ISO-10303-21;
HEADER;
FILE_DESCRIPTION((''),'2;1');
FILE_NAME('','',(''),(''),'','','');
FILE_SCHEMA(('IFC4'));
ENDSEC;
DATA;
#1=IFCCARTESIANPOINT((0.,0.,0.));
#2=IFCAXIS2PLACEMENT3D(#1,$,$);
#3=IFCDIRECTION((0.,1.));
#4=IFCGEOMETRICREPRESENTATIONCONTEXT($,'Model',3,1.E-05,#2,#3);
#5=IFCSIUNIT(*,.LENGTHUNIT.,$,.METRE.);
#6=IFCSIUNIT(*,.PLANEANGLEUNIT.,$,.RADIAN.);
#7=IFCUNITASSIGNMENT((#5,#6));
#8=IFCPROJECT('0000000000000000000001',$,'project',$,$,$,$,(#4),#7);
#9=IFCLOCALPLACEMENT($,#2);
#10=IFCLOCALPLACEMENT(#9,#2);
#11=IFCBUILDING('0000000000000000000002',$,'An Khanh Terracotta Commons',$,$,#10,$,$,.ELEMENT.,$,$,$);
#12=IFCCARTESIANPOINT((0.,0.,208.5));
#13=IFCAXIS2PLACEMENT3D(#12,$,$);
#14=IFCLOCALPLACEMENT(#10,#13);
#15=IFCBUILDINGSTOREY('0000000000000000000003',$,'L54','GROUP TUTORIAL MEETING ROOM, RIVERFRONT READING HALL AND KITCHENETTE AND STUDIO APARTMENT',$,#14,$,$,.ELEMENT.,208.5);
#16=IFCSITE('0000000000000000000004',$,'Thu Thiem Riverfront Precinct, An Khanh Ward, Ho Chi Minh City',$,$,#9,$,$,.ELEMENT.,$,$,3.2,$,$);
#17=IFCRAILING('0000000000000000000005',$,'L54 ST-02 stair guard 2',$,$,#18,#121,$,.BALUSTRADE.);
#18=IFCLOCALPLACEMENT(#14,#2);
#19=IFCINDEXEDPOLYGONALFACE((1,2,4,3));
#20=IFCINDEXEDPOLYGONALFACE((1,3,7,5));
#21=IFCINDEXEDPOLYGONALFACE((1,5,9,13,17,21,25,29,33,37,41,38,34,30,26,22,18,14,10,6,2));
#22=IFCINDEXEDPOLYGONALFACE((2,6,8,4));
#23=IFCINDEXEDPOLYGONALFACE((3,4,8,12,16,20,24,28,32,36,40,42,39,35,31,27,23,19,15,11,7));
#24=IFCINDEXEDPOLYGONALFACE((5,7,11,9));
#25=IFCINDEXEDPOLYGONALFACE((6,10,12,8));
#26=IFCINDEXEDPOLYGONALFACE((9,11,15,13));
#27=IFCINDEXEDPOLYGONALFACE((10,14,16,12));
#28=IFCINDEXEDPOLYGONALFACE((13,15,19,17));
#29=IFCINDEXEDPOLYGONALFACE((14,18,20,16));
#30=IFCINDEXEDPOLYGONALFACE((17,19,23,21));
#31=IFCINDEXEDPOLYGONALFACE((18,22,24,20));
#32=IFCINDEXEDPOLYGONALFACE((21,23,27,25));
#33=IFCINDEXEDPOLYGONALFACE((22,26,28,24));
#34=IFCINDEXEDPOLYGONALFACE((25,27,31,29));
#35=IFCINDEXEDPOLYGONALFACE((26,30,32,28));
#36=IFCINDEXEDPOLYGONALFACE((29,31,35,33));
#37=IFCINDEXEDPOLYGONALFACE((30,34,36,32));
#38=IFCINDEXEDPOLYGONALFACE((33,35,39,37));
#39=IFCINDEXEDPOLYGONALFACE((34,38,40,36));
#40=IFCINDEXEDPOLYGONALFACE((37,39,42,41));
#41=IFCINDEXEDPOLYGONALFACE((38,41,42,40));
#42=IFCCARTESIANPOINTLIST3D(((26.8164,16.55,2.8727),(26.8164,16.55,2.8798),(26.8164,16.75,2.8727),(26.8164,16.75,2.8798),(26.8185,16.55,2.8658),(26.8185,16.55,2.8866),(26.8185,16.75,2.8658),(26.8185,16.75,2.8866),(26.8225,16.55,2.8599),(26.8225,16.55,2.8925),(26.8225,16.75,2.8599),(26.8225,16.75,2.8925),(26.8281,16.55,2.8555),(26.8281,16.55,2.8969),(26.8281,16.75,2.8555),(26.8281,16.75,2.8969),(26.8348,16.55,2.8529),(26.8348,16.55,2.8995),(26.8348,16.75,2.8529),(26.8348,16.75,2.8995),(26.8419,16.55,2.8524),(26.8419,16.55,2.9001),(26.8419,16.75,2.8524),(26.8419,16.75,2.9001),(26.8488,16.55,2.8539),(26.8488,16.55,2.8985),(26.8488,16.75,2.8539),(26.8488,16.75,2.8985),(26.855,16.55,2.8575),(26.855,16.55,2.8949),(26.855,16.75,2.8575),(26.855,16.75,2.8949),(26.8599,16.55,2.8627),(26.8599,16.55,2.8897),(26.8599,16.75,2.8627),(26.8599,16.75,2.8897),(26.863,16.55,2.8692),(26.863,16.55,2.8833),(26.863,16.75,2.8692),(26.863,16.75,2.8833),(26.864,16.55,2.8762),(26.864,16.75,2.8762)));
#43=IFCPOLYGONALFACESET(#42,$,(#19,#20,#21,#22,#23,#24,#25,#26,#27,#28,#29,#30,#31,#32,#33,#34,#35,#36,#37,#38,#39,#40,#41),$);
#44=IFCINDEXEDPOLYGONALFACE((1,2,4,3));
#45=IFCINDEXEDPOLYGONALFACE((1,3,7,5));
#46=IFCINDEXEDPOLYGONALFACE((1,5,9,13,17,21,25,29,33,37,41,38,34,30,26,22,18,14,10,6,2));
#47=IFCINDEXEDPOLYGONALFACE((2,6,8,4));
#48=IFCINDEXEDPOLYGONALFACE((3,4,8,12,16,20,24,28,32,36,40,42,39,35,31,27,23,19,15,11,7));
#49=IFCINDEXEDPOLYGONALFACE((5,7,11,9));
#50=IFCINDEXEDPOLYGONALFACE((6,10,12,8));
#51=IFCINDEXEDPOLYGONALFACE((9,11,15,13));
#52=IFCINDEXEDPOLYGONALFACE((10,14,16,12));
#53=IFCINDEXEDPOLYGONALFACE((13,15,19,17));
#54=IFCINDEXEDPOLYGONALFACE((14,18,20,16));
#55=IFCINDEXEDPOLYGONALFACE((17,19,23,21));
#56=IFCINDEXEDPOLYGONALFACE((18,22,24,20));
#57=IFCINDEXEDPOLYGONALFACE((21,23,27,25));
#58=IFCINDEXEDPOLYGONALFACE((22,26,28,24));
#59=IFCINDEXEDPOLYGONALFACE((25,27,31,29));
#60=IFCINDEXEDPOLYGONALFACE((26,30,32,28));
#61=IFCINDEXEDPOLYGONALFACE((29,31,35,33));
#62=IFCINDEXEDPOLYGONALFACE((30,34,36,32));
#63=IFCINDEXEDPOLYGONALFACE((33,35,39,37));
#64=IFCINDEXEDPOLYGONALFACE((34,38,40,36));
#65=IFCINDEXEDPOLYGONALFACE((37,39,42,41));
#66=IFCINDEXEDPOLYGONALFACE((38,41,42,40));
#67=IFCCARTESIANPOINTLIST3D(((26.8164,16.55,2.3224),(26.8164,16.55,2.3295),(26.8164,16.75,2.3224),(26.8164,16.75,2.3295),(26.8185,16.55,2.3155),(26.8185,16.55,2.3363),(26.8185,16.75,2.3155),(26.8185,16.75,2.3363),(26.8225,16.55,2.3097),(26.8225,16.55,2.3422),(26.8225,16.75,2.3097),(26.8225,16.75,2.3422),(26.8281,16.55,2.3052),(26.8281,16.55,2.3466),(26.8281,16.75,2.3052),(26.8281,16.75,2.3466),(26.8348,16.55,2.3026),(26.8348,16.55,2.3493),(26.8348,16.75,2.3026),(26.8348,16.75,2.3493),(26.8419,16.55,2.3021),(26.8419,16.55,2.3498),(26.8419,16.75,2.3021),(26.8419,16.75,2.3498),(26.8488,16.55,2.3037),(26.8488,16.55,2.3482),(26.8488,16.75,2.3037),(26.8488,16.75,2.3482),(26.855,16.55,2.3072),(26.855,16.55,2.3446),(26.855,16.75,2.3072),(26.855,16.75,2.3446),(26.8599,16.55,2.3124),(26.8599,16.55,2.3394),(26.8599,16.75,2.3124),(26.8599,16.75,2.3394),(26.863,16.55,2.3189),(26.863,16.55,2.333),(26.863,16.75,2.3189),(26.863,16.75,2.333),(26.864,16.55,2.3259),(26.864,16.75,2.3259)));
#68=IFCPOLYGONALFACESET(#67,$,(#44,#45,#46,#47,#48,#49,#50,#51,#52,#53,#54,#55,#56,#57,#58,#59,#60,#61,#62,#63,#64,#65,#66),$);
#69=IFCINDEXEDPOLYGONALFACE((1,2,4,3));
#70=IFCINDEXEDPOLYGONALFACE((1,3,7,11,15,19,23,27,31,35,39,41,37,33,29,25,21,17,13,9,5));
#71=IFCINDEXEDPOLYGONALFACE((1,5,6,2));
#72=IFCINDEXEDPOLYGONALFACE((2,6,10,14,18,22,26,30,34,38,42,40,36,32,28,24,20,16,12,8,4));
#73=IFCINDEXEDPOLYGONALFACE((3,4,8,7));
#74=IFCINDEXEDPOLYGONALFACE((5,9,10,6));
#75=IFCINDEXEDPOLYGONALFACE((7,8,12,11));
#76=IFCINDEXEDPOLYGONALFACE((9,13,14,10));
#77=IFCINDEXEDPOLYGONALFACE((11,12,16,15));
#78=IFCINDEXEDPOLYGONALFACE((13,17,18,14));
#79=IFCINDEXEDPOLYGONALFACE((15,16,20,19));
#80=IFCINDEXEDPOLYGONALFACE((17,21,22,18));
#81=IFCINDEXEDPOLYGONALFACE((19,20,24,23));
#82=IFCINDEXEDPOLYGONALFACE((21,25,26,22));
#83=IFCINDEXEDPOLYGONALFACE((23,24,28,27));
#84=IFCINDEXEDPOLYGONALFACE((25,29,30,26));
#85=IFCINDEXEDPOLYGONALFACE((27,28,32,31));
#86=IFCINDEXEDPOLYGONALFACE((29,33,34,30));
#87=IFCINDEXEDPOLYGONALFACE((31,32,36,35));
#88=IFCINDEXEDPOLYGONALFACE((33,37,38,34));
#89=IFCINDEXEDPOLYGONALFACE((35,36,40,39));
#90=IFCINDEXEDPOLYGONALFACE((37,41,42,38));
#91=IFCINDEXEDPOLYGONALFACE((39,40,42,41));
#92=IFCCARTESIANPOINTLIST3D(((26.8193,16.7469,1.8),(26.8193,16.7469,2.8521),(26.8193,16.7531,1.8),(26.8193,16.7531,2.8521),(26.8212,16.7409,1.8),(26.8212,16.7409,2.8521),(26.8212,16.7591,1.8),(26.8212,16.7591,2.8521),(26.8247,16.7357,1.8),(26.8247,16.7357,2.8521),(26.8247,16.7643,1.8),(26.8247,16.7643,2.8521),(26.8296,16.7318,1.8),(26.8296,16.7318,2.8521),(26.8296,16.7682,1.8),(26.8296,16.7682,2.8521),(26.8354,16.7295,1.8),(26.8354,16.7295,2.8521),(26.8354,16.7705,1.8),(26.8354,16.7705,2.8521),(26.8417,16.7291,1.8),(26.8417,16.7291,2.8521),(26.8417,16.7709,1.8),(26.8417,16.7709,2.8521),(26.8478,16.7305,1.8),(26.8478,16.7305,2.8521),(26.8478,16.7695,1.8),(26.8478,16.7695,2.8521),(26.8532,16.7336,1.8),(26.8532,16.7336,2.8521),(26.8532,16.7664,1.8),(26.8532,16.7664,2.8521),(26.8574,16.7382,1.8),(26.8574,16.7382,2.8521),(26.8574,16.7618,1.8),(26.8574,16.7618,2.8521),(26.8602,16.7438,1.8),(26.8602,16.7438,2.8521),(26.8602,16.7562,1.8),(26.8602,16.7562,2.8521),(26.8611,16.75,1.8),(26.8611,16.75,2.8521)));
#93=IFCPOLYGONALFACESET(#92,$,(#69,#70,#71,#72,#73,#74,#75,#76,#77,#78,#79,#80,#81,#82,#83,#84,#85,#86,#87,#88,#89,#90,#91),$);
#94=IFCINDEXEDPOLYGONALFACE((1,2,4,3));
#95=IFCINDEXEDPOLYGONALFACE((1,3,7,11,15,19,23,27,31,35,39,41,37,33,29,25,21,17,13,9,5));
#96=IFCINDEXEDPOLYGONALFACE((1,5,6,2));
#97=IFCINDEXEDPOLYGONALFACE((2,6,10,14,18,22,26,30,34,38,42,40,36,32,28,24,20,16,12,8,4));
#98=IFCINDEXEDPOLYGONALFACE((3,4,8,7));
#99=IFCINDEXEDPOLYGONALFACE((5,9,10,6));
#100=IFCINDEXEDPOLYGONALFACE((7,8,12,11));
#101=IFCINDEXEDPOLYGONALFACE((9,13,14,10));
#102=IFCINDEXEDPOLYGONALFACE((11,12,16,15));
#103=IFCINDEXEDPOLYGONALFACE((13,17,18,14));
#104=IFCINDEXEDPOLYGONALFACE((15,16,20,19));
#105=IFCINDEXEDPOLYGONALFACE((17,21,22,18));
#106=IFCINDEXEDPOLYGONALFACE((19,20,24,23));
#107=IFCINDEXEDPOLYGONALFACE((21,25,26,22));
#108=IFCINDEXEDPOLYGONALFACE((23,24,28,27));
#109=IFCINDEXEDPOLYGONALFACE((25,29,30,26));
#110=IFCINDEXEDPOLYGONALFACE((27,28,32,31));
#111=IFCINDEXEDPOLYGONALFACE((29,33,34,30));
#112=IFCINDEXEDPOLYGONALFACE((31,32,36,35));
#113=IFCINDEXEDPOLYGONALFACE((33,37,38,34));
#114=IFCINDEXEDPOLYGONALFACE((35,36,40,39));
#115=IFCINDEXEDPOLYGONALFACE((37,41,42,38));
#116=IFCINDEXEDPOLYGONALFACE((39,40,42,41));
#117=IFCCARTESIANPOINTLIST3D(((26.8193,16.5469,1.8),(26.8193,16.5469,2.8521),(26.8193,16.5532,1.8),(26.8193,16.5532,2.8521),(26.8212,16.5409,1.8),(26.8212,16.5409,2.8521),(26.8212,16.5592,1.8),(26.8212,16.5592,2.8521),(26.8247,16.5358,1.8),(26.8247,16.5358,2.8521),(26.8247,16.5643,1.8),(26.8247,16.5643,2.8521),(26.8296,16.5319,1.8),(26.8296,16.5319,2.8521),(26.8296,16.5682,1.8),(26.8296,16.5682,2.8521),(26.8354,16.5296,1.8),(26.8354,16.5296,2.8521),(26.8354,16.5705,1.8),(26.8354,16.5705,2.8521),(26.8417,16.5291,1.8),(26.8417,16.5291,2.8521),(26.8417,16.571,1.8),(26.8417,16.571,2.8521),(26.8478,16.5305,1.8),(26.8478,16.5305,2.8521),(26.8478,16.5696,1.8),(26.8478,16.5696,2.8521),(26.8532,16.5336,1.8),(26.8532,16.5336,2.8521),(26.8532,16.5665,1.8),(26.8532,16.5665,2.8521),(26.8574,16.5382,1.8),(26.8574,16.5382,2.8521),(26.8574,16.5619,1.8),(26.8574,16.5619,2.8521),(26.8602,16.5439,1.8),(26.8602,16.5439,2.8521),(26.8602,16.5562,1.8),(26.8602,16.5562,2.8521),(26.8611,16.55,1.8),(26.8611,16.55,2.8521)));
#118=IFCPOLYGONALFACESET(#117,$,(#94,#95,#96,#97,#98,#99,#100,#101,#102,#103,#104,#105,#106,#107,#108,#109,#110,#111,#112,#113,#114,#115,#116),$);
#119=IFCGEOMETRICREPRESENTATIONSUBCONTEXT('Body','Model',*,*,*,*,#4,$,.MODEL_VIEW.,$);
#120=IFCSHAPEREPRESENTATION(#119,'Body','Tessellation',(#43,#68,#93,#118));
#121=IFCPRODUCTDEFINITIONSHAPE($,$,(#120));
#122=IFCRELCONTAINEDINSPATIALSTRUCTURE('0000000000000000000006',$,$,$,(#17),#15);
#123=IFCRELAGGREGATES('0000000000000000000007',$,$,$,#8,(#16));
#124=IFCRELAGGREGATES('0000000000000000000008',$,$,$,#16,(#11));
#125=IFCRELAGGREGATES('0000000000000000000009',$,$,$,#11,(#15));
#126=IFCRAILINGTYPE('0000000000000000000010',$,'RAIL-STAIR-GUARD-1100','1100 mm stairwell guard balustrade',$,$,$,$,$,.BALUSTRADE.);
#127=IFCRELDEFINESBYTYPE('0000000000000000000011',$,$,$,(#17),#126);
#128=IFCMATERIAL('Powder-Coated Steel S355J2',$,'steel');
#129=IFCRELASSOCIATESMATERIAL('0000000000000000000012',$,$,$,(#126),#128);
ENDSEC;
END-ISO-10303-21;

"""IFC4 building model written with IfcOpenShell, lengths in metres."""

from ifc_helpers import new_model, si_unit, direction, frame, origin, origin_2d, place, context, subcontext, project, spatial, circle, extrude, material, type_object, element, save


model = new_model("IFC4")

# Units and contexts
model_context = context("Model", 3, precision=1e-05, world=origin(), true_north=direction((0.0, 1.0)))
body_context = subcontext(model_context, "Body", "Model", "MODEL_VIEW")
ifc_project = project(units=[si_unit("LENGTHUNIT", "METRE"), si_unit("PLANEANGLEUNIT", "RADIAN")], contexts=[model_context])

# Site, building, storey
site_placement = place(None, origin())
site = spatial("IfcSite", under=ifc_project, at=site_placement, Name="Thu Thiem Riverfront Precinct, An Khanh Ward, Ho Chi Minh City", CompositionType="ELEMENT", RefElevation=3.2)
building_placement = place(site_placement, origin())
building = spatial("IfcBuilding", under=site, at=building_placement, Name="An Khanh Terracotta Commons", CompositionType="ELEMENT")
storey_placement = place(building_placement, frame((0.0, 0.0, 208.5)))
storey = spatial("IfcBuildingStorey", under=building, at=storey_placement, Name="L54", Description="GROUP TUTORIAL MEETING ROOM, RIVERFRONT READING HALL AND KITCHENETTE AND STUDIO APARTMENT", CompositionType="ELEMENT", Elevation=208.5)

# Railing
ifc_material_1 = material(Name="Powder-Coated Steel S355J2", Category="steel")
railing_type_1 = type_object("IfcRailingType", Name="RAIL-STAIR-GUARD-1100", Description="1100 mm stairwell guard balustrade", PredefinedType="BALUSTRADE", material=ifc_material_1)
railing_1_placement = place(storey_placement, frame((26.8401, 16.75, 1.8)))
element("IfcRailing", 1, at=railing_1_placement, inside=storey, type_object=railing_type_1, Name="L54 ST-02 stair guard 2", PredefinedType="BALUSTRADE", context=body_context, shape_type="SweptSolid", body=[
    extrude(circle(Radius=0.0239, at=origin_2d()), frame((0.0, 0.0, 1.0762), z_axis=(0.0, -1.0, 0.0), x_axis=(1.0, 0.0, 0.0)), (0.0, 0.0, 1.0), 0.2),
    extrude(circle(Radius=0.0239, at=origin_2d()), frame((0.0, 0.0, 0.5259), z_axis=(0.0, -1.0, 0.0), x_axis=(1.0, 0.0, 0.0)), (0.0, 0.0, 1.0), 0.2),
    extrude(circle(Radius=0.021, at=origin_2d()), origin(), (0.0, 0.0, 1.0), 1.052),
    extrude(circle(Radius=0.021, at=origin_2d()), frame((0.0, -0.2, 0.0)), (0.0, 0.0, 1.0), 1.052),
])

save(model, "model.ifc")
